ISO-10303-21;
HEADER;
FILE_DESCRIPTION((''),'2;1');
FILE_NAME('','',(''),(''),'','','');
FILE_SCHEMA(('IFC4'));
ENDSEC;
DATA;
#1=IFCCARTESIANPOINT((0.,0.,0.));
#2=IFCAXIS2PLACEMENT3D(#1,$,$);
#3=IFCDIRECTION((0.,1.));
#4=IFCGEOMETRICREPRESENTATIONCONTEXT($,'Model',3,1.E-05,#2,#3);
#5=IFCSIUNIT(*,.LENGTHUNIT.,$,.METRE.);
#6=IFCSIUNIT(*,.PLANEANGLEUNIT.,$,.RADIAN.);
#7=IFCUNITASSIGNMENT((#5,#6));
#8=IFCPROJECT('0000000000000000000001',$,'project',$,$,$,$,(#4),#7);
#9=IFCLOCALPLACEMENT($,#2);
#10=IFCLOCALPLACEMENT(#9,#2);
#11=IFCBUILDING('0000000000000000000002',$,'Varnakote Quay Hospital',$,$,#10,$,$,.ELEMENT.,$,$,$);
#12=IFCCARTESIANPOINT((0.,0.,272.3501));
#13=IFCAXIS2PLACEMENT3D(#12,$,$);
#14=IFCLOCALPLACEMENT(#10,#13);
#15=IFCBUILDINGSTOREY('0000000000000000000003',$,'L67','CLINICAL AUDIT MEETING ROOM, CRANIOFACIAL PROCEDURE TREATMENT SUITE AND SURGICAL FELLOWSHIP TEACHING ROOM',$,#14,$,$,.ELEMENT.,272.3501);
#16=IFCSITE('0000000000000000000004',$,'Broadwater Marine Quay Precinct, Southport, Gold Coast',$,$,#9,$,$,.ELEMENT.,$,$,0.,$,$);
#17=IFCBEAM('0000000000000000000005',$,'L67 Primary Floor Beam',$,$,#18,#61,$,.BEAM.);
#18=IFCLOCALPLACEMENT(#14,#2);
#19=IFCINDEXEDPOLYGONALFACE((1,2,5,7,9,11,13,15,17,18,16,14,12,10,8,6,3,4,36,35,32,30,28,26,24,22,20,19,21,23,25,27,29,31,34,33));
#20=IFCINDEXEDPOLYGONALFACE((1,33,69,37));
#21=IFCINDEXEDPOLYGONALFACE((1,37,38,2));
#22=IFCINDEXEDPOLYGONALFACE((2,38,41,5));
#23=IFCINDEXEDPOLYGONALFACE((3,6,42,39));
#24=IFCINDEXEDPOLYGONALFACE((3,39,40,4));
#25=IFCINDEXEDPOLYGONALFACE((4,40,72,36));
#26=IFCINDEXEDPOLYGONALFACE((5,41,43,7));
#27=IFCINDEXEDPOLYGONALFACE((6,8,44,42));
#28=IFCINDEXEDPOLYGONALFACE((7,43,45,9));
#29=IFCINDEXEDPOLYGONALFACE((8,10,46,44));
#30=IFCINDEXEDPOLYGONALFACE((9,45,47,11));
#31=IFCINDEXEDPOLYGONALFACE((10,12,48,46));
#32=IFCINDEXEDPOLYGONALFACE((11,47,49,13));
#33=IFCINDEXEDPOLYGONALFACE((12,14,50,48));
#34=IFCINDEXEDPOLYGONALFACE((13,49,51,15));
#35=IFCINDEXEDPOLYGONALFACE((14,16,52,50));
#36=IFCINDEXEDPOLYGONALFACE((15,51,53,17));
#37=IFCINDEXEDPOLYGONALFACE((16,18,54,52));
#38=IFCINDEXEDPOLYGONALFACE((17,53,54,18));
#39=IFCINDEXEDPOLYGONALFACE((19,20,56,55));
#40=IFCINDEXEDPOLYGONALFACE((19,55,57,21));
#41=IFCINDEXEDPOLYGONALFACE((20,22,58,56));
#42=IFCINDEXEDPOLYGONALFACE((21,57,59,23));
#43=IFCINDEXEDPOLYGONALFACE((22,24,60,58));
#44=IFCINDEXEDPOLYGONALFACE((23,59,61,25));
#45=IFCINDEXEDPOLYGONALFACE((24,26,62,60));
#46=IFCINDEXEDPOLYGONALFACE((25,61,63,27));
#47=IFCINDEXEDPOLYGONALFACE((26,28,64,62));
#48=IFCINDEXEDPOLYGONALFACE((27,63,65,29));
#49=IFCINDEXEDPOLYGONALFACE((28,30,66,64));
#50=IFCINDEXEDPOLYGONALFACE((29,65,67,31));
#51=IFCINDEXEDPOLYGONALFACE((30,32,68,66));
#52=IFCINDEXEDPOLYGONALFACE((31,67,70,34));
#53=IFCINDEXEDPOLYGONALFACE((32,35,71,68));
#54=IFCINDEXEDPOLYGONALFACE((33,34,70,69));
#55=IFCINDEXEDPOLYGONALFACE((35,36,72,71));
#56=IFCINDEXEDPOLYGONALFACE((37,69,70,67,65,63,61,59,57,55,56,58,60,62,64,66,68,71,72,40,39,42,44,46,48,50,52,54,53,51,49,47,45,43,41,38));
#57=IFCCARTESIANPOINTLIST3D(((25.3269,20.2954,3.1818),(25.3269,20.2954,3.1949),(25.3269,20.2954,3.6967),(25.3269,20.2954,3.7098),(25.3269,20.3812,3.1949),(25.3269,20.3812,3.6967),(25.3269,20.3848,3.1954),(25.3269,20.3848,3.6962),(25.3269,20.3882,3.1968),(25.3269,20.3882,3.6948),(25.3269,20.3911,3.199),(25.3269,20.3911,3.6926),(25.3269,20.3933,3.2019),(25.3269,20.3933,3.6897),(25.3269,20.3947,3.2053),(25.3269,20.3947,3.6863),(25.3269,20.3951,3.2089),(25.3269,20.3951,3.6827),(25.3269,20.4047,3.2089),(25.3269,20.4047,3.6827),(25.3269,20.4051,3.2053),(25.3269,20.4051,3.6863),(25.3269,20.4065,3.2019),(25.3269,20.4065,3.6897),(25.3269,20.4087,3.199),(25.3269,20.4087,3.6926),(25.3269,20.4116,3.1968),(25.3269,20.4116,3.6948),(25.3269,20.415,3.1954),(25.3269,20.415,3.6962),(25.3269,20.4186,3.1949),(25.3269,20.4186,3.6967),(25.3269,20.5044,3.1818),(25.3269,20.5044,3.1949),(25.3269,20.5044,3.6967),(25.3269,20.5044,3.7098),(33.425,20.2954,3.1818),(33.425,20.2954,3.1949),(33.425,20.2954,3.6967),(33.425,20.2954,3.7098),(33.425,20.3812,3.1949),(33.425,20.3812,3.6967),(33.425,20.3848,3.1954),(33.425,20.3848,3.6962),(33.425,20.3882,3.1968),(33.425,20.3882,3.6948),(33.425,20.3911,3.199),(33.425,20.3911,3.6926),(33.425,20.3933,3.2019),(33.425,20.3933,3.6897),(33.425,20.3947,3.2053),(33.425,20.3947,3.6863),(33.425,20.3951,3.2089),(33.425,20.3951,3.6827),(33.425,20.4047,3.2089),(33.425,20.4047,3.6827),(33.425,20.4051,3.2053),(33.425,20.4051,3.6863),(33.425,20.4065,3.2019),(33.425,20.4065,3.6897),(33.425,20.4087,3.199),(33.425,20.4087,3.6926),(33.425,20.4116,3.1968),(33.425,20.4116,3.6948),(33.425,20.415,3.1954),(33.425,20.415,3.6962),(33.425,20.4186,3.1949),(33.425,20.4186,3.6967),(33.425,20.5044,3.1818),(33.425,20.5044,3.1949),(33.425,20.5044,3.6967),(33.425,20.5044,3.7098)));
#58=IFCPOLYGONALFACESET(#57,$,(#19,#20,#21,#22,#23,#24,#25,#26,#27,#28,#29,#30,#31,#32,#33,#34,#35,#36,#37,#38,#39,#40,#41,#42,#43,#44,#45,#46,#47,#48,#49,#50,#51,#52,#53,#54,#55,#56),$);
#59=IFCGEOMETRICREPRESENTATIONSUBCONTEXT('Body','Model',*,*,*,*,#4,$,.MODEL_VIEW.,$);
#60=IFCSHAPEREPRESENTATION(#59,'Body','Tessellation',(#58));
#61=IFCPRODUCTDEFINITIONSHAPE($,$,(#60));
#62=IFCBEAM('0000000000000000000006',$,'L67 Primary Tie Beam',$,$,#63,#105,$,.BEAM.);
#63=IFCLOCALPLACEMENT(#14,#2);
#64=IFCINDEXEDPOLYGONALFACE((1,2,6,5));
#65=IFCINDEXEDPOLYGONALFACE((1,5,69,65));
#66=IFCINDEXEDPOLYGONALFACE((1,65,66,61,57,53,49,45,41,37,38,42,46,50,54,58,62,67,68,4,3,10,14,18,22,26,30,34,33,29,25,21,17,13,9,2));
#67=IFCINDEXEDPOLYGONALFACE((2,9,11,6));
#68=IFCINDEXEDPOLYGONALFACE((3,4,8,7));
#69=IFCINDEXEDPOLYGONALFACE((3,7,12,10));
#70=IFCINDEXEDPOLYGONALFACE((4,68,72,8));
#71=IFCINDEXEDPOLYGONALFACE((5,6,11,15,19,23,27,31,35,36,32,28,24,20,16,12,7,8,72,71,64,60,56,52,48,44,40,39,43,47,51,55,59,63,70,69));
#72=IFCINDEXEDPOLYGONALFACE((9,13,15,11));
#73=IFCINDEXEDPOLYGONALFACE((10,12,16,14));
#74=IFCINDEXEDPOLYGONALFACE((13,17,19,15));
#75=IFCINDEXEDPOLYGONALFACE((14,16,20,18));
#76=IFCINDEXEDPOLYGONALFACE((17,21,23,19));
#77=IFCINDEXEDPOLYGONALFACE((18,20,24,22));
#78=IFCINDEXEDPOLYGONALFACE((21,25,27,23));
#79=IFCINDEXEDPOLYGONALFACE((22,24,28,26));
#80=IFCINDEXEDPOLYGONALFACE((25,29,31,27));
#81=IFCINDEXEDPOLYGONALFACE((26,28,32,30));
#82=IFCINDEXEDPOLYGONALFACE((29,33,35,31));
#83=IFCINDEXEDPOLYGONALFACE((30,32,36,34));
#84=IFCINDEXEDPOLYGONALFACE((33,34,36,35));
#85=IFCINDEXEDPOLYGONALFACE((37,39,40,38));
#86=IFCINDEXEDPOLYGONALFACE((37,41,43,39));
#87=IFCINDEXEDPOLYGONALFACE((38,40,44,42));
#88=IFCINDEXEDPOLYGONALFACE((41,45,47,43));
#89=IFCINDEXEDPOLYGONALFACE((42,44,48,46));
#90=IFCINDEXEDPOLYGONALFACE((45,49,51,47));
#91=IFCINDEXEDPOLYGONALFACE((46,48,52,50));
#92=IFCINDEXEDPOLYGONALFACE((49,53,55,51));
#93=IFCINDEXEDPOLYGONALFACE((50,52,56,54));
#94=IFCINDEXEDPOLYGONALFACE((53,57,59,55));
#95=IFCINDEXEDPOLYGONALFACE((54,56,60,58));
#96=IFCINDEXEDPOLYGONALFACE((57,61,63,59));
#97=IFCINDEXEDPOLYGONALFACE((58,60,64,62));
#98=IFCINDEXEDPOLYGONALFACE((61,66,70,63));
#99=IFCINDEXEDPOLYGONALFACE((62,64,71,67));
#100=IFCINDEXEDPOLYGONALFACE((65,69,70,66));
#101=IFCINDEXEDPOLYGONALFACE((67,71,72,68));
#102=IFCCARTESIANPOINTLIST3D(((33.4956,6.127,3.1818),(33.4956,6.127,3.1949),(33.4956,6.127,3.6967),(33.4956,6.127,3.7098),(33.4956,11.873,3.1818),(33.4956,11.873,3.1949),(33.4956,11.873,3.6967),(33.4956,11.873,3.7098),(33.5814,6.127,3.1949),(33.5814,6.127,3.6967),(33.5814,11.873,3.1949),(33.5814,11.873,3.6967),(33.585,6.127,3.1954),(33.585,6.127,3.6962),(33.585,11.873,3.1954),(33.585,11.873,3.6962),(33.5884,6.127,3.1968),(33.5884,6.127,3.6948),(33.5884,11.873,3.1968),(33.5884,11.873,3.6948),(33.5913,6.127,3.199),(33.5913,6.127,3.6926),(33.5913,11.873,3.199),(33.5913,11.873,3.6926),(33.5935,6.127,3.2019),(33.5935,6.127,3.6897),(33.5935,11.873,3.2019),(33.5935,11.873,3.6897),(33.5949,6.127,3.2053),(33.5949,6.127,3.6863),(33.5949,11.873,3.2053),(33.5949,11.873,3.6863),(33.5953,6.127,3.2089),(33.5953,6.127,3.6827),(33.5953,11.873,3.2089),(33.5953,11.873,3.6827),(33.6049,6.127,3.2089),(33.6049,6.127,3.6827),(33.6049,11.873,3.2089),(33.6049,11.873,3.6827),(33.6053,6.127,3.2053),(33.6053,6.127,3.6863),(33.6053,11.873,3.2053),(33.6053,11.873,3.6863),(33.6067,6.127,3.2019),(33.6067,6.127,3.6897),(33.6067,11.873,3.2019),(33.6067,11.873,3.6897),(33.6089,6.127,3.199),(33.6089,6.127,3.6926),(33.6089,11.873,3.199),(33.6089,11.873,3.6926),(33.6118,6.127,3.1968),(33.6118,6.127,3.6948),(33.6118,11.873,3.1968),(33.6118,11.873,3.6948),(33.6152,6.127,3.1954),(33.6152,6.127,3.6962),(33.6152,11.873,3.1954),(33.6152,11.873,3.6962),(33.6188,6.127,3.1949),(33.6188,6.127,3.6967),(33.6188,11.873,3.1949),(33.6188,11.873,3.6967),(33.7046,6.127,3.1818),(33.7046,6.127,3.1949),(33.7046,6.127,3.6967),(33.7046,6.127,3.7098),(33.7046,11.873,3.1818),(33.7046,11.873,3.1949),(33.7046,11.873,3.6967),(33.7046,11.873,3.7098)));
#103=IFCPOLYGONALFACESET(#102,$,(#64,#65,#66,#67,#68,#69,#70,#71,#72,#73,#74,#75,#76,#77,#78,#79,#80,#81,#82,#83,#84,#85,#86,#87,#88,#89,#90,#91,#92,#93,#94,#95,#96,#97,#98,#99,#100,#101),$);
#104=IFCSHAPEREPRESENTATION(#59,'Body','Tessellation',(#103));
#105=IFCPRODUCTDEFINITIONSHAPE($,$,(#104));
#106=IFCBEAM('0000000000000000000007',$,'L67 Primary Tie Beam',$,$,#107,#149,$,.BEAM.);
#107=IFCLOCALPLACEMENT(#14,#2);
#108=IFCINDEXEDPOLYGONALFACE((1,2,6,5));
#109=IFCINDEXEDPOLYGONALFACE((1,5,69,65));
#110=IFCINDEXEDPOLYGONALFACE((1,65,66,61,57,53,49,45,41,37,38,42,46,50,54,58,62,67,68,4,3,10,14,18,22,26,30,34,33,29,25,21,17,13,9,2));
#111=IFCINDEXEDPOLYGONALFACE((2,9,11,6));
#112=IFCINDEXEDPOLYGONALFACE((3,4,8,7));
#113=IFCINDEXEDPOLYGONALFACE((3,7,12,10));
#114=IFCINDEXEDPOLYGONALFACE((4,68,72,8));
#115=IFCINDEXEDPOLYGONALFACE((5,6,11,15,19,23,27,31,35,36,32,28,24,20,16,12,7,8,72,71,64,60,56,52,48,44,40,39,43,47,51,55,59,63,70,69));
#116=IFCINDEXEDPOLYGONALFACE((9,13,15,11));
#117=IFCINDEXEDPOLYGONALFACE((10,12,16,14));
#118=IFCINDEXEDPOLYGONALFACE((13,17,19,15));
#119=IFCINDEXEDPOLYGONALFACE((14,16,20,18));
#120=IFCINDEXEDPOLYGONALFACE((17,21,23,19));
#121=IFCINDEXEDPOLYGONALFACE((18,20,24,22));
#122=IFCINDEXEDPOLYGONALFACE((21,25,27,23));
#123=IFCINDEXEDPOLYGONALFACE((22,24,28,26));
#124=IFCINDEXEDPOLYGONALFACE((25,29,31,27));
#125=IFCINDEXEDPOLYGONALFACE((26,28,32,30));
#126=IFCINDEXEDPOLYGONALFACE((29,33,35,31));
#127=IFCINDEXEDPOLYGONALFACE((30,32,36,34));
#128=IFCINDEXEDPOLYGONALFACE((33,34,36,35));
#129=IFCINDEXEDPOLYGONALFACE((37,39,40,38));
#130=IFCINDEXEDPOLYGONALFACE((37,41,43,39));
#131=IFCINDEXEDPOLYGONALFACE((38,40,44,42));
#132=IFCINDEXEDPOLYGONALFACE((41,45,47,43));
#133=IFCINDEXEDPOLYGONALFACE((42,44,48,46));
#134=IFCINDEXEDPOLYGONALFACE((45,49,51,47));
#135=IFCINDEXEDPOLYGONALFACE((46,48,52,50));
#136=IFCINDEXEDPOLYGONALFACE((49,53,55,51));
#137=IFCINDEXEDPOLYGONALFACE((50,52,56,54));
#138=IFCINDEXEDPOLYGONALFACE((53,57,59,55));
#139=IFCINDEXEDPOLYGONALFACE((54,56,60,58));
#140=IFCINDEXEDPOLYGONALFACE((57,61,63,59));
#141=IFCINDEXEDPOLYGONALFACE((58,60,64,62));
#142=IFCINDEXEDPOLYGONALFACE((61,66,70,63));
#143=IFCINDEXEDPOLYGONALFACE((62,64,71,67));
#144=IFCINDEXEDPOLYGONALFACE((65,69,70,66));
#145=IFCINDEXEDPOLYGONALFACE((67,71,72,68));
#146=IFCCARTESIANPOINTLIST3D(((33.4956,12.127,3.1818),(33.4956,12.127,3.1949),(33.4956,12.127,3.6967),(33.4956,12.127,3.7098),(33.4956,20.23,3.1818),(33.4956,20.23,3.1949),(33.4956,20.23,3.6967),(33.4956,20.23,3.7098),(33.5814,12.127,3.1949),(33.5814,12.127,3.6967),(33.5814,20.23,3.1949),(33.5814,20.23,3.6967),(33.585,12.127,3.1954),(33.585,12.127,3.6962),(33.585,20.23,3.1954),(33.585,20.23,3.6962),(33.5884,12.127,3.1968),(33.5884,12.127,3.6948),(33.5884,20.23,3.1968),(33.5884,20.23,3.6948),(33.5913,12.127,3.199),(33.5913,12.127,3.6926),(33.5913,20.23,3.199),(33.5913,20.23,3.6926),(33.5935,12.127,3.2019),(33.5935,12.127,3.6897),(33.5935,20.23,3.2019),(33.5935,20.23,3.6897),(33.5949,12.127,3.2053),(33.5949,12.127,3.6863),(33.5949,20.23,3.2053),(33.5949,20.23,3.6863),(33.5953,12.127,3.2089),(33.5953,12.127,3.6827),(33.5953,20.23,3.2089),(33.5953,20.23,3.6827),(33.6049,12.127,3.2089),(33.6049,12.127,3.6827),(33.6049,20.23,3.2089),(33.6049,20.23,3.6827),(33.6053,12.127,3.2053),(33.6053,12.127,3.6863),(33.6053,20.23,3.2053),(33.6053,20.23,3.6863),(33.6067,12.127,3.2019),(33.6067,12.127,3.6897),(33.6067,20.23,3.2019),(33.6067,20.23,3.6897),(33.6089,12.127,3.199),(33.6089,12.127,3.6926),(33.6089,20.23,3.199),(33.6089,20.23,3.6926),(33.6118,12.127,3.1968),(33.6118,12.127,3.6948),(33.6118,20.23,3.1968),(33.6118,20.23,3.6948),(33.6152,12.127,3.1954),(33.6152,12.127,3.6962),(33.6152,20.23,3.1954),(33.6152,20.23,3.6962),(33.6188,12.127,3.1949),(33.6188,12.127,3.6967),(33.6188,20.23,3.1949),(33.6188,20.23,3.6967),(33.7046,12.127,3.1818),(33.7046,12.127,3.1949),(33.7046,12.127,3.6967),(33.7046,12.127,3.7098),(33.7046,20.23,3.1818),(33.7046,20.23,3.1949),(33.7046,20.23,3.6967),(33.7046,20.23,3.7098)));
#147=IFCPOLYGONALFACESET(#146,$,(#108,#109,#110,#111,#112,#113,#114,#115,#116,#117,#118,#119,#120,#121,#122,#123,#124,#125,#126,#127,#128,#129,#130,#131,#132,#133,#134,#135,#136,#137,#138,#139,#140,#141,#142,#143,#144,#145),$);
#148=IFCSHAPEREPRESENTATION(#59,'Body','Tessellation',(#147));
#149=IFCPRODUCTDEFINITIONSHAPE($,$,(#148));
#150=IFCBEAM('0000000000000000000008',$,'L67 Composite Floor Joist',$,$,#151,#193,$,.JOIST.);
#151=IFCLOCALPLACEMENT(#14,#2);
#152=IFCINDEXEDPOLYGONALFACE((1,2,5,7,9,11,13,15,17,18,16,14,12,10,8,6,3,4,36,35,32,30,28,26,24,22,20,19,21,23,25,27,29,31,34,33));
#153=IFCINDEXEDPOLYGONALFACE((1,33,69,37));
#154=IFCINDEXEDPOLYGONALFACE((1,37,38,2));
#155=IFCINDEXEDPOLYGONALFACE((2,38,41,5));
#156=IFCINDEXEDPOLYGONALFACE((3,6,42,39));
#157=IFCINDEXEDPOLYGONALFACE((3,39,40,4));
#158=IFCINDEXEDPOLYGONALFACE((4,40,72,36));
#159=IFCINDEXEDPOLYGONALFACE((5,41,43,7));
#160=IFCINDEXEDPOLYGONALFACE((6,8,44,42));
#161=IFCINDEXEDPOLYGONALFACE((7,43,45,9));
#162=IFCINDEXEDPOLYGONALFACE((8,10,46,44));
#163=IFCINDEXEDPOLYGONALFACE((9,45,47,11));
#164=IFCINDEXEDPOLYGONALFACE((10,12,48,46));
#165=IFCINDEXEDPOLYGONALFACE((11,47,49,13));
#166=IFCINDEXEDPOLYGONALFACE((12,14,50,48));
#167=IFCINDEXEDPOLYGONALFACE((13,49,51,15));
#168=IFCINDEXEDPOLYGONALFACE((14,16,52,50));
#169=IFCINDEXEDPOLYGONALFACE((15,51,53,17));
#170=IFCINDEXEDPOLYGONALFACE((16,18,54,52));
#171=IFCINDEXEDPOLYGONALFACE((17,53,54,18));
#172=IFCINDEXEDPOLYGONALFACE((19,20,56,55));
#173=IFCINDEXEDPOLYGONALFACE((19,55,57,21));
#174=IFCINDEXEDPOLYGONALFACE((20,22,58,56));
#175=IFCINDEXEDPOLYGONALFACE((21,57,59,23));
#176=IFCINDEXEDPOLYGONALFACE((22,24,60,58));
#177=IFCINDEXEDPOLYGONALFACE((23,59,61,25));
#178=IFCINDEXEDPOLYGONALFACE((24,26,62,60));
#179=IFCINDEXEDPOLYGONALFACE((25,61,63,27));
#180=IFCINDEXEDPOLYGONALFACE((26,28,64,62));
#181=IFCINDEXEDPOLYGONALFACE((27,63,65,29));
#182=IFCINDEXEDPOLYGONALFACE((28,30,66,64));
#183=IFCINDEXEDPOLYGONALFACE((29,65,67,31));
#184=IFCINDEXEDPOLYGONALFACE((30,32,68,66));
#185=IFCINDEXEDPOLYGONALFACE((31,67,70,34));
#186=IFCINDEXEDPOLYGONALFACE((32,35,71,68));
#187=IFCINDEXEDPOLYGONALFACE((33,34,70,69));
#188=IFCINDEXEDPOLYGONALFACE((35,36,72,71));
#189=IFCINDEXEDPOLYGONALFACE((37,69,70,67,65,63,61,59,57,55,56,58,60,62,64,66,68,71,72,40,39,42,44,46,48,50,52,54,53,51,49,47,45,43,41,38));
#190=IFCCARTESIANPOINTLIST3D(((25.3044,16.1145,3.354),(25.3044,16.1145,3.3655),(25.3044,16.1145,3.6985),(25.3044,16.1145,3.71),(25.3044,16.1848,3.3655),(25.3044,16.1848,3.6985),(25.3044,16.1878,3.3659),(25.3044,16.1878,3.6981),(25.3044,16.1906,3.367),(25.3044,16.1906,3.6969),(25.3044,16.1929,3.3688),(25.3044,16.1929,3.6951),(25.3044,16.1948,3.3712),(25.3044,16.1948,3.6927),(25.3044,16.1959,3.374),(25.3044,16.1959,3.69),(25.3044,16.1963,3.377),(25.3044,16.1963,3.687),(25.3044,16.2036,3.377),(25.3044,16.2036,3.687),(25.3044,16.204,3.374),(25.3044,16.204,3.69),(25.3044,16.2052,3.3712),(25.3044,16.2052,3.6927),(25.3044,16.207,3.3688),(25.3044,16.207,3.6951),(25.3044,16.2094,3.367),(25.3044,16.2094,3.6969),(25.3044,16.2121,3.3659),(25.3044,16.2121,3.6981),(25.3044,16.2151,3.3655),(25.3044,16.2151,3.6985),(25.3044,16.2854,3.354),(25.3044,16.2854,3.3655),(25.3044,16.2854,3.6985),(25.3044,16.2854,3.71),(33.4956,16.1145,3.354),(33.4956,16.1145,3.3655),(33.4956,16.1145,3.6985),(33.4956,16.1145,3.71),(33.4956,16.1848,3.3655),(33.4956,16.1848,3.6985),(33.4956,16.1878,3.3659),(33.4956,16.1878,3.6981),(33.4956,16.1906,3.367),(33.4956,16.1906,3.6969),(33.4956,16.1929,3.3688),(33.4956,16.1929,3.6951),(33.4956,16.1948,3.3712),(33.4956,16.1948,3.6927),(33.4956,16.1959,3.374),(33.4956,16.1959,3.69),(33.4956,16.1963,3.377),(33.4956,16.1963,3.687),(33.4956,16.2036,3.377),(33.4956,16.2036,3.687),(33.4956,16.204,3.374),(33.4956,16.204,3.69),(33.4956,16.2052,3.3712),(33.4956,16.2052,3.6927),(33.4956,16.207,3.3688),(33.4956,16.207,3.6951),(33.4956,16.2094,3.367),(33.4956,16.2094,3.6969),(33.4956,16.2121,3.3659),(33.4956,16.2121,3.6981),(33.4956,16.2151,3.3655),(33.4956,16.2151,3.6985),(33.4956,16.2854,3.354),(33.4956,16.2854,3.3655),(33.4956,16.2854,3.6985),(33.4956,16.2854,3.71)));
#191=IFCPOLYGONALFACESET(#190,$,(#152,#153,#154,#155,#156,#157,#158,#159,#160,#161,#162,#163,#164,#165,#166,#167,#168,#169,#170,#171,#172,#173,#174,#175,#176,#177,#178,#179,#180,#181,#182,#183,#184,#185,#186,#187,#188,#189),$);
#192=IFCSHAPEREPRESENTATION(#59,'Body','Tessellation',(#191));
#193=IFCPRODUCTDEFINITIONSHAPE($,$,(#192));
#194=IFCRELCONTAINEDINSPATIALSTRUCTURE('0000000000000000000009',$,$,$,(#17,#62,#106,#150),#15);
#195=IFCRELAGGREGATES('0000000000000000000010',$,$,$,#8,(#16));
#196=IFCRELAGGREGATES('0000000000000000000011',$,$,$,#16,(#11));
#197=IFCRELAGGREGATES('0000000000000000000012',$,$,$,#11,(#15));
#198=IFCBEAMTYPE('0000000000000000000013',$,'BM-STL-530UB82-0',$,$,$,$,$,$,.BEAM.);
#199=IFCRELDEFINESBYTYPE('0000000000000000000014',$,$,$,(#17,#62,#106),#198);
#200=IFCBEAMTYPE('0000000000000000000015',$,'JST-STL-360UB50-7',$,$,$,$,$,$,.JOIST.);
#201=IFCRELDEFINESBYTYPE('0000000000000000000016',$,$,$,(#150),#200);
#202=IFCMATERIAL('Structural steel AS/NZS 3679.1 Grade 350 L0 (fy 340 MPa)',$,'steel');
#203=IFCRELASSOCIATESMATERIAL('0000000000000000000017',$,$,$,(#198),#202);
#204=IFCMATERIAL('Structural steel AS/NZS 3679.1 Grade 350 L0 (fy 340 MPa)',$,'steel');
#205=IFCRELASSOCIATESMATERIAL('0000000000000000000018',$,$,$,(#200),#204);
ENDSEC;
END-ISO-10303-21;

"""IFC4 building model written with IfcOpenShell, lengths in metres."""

from ifc_helpers import new_model, si_unit, direction, frame, origin, origin_2d, place, context, subcontext, project, spatial, i_section, extrude, material, material_profile, profile_set, type_object, element, save


model = new_model("IFC4")

# Units and contexts
model_context = context("Model", 3, precision=1e-05, world=origin(), true_north=direction((0.0, 1.0)))
body_context = subcontext(model_context, "Body", "Model", "MODEL_VIEW")
ifc_project = project(units=[si_unit("LENGTHUNIT", "METRE"), si_unit("PLANEANGLEUNIT", "RADIAN")], contexts=[model_context])

# Site, building, storey
site_placement = place(None, origin())
site = spatial("IfcSite", under=ifc_project, at=site_placement, Name="Broadwater Marine Quay Precinct, Southport, Gold Coast", CompositionType="ELEMENT", RefElevation=0.0)
building_placement = place(site_placement, origin())
building = spatial("IfcBuilding", under=site, at=building_placement, Name="Varnakote Quay Hospital", CompositionType="ELEMENT")
storey_placement = place(building_placement, frame((0.0, 0.0, 272.3501)))
storey = spatial("IfcBuildingStorey", under=building, at=storey_placement, Name="L67", Description="CLINICAL AUDIT MEETING ROOM, CRANIOFACIAL PROCEDURE TREATMENT SUITE AND SURGICAL FELLOWSHIP TEACHING ROOM", CompositionType="ELEMENT", Elevation=272.3501)

# Beams
ifc_material_1 = material(Name="Structural steel AS/NZS 3679.1 Grade 350 L0 (fy 340 MPa)", Category="steel")
ifc_material_profile_1 = material_profile(ifc_material_1, i_section(OverallWidth=0.209, OverallDepth=0.5281, WebThickness=0.0095, FlangeThickness=0.0132, FilletRadius=0.0139, at=origin_2d()), Name="530UB82.0")
ifc_profile_set_1 = profile_set([ifc_material_profile_1], Name="Structural steel AS/NZS 3679.1 Grade 350 L0 (fy 340 MPa)")
beam_type_1 = type_object("IfcBeamType", Name="BM-STL-530UB82-0", PredefinedType="BEAM", material=ifc_profile_set_1)
beam_1_placement = place(storey_placement, frame((25.3269, 20.3999, 3.4458), z_axis=(1.0, 0.0, 0.0), x_axis=(0.0, 1.0, 0.0)))
element("IfcBeam", 1, at=beam_1_placement, inside=storey, type_object=beam_type_1, Name="L67 Primary Floor Beam", PredefinedType="BEAM", context=body_context, shape_type="SweptSolid", body=[
    extrude(i_section(OverallWidth=0.209, OverallDepth=0.5281, WebThickness=0.0095, FlangeThickness=0.0132, FilletRadius=0.0139, at=origin_2d()), origin(), (0.0, 0.0, 1.0), 8.0981),
])
beam_2_placement = place(storey_placement, frame((33.6001, 6.127, 3.4458), z_axis=(0.0, 1.0, 0.0), x_axis=(-1.0, 0.0, 0.0)))
element("IfcBeam", 2, at=beam_2_placement, inside=storey, type_object=beam_type_1, Name="L67 Primary Tie Beam", PredefinedType="BEAM", context=body_context, shape_type="SweptSolid", body=[
    extrude(i_section(OverallWidth=0.209, OverallDepth=0.5281, WebThickness=0.0095, FlangeThickness=0.0132, FilletRadius=0.0139, at=origin_2d()), origin(), (0.0, 0.0, 1.0), 5.7461),
])
beam_3_placement = place(storey_placement, frame((33.6001, 12.127, 3.4458), z_axis=(0.0, 1.0, 0.0), x_axis=(-1.0, 0.0, 0.0)))
element("IfcBeam", 3, at=beam_3_placement, inside=storey, type_object=beam_type_1, Name="L67 Primary Tie Beam", PredefinedType="BEAM", context=body_context, shape_type="SweptSolid", body=[
    extrude(i_section(OverallWidth=0.209, OverallDepth=0.5281, WebThickness=0.0095, FlangeThickness=0.0132, FilletRadius=0.0139, at=origin_2d()), origin(), (0.0, 0.0, 1.0), 8.103),
])
ifc_material_2 = material(Name="Structural steel AS/NZS 3679.1 Grade 350 L0 (fy 340 MPa)", Category="steel")
ifc_material_profile_2 = material_profile(ifc_material_2, i_section(OverallWidth=0.1709, OverallDepth=0.356, WebThickness=0.0073, FlangeThickness=0.0115, FilletRadius=0.0115, at=origin_2d()), Name="360UB50.7")
ifc_profile_set_2 = profile_set([ifc_material_profile_2], Name="Structural steel AS/NZS 3679.1 Grade 350 L0 (fy 340 MPa)")
beam_type_2 = type_object("IfcBeamType", Name="JST-STL-360UB50-7", PredefinedType="JOIST", material=ifc_profile_set_2)
beam_4_placement = place(storey_placement, frame((25.3044, 16.2, 3.532), z_axis=(1.0, 0.0, 0.0), x_axis=(0.0, 1.0, 0.0)))
element("IfcBeam", 4, at=beam_4_placement, inside=storey, type_object=beam_type_2, Name="L67 Composite Floor Joist", PredefinedType="JOIST", context=body_context, shape_type="SweptSolid", body=[
    extrude(i_section(OverallWidth=0.1709, OverallDepth=0.356, WebThickness=0.0073, FlangeThickness=0.0115, FilletRadius=0.0115, at=origin_2d()), origin(), (0.0, 0.0, 1.0), 8.1912),
])

save(model, "model.ifc")
